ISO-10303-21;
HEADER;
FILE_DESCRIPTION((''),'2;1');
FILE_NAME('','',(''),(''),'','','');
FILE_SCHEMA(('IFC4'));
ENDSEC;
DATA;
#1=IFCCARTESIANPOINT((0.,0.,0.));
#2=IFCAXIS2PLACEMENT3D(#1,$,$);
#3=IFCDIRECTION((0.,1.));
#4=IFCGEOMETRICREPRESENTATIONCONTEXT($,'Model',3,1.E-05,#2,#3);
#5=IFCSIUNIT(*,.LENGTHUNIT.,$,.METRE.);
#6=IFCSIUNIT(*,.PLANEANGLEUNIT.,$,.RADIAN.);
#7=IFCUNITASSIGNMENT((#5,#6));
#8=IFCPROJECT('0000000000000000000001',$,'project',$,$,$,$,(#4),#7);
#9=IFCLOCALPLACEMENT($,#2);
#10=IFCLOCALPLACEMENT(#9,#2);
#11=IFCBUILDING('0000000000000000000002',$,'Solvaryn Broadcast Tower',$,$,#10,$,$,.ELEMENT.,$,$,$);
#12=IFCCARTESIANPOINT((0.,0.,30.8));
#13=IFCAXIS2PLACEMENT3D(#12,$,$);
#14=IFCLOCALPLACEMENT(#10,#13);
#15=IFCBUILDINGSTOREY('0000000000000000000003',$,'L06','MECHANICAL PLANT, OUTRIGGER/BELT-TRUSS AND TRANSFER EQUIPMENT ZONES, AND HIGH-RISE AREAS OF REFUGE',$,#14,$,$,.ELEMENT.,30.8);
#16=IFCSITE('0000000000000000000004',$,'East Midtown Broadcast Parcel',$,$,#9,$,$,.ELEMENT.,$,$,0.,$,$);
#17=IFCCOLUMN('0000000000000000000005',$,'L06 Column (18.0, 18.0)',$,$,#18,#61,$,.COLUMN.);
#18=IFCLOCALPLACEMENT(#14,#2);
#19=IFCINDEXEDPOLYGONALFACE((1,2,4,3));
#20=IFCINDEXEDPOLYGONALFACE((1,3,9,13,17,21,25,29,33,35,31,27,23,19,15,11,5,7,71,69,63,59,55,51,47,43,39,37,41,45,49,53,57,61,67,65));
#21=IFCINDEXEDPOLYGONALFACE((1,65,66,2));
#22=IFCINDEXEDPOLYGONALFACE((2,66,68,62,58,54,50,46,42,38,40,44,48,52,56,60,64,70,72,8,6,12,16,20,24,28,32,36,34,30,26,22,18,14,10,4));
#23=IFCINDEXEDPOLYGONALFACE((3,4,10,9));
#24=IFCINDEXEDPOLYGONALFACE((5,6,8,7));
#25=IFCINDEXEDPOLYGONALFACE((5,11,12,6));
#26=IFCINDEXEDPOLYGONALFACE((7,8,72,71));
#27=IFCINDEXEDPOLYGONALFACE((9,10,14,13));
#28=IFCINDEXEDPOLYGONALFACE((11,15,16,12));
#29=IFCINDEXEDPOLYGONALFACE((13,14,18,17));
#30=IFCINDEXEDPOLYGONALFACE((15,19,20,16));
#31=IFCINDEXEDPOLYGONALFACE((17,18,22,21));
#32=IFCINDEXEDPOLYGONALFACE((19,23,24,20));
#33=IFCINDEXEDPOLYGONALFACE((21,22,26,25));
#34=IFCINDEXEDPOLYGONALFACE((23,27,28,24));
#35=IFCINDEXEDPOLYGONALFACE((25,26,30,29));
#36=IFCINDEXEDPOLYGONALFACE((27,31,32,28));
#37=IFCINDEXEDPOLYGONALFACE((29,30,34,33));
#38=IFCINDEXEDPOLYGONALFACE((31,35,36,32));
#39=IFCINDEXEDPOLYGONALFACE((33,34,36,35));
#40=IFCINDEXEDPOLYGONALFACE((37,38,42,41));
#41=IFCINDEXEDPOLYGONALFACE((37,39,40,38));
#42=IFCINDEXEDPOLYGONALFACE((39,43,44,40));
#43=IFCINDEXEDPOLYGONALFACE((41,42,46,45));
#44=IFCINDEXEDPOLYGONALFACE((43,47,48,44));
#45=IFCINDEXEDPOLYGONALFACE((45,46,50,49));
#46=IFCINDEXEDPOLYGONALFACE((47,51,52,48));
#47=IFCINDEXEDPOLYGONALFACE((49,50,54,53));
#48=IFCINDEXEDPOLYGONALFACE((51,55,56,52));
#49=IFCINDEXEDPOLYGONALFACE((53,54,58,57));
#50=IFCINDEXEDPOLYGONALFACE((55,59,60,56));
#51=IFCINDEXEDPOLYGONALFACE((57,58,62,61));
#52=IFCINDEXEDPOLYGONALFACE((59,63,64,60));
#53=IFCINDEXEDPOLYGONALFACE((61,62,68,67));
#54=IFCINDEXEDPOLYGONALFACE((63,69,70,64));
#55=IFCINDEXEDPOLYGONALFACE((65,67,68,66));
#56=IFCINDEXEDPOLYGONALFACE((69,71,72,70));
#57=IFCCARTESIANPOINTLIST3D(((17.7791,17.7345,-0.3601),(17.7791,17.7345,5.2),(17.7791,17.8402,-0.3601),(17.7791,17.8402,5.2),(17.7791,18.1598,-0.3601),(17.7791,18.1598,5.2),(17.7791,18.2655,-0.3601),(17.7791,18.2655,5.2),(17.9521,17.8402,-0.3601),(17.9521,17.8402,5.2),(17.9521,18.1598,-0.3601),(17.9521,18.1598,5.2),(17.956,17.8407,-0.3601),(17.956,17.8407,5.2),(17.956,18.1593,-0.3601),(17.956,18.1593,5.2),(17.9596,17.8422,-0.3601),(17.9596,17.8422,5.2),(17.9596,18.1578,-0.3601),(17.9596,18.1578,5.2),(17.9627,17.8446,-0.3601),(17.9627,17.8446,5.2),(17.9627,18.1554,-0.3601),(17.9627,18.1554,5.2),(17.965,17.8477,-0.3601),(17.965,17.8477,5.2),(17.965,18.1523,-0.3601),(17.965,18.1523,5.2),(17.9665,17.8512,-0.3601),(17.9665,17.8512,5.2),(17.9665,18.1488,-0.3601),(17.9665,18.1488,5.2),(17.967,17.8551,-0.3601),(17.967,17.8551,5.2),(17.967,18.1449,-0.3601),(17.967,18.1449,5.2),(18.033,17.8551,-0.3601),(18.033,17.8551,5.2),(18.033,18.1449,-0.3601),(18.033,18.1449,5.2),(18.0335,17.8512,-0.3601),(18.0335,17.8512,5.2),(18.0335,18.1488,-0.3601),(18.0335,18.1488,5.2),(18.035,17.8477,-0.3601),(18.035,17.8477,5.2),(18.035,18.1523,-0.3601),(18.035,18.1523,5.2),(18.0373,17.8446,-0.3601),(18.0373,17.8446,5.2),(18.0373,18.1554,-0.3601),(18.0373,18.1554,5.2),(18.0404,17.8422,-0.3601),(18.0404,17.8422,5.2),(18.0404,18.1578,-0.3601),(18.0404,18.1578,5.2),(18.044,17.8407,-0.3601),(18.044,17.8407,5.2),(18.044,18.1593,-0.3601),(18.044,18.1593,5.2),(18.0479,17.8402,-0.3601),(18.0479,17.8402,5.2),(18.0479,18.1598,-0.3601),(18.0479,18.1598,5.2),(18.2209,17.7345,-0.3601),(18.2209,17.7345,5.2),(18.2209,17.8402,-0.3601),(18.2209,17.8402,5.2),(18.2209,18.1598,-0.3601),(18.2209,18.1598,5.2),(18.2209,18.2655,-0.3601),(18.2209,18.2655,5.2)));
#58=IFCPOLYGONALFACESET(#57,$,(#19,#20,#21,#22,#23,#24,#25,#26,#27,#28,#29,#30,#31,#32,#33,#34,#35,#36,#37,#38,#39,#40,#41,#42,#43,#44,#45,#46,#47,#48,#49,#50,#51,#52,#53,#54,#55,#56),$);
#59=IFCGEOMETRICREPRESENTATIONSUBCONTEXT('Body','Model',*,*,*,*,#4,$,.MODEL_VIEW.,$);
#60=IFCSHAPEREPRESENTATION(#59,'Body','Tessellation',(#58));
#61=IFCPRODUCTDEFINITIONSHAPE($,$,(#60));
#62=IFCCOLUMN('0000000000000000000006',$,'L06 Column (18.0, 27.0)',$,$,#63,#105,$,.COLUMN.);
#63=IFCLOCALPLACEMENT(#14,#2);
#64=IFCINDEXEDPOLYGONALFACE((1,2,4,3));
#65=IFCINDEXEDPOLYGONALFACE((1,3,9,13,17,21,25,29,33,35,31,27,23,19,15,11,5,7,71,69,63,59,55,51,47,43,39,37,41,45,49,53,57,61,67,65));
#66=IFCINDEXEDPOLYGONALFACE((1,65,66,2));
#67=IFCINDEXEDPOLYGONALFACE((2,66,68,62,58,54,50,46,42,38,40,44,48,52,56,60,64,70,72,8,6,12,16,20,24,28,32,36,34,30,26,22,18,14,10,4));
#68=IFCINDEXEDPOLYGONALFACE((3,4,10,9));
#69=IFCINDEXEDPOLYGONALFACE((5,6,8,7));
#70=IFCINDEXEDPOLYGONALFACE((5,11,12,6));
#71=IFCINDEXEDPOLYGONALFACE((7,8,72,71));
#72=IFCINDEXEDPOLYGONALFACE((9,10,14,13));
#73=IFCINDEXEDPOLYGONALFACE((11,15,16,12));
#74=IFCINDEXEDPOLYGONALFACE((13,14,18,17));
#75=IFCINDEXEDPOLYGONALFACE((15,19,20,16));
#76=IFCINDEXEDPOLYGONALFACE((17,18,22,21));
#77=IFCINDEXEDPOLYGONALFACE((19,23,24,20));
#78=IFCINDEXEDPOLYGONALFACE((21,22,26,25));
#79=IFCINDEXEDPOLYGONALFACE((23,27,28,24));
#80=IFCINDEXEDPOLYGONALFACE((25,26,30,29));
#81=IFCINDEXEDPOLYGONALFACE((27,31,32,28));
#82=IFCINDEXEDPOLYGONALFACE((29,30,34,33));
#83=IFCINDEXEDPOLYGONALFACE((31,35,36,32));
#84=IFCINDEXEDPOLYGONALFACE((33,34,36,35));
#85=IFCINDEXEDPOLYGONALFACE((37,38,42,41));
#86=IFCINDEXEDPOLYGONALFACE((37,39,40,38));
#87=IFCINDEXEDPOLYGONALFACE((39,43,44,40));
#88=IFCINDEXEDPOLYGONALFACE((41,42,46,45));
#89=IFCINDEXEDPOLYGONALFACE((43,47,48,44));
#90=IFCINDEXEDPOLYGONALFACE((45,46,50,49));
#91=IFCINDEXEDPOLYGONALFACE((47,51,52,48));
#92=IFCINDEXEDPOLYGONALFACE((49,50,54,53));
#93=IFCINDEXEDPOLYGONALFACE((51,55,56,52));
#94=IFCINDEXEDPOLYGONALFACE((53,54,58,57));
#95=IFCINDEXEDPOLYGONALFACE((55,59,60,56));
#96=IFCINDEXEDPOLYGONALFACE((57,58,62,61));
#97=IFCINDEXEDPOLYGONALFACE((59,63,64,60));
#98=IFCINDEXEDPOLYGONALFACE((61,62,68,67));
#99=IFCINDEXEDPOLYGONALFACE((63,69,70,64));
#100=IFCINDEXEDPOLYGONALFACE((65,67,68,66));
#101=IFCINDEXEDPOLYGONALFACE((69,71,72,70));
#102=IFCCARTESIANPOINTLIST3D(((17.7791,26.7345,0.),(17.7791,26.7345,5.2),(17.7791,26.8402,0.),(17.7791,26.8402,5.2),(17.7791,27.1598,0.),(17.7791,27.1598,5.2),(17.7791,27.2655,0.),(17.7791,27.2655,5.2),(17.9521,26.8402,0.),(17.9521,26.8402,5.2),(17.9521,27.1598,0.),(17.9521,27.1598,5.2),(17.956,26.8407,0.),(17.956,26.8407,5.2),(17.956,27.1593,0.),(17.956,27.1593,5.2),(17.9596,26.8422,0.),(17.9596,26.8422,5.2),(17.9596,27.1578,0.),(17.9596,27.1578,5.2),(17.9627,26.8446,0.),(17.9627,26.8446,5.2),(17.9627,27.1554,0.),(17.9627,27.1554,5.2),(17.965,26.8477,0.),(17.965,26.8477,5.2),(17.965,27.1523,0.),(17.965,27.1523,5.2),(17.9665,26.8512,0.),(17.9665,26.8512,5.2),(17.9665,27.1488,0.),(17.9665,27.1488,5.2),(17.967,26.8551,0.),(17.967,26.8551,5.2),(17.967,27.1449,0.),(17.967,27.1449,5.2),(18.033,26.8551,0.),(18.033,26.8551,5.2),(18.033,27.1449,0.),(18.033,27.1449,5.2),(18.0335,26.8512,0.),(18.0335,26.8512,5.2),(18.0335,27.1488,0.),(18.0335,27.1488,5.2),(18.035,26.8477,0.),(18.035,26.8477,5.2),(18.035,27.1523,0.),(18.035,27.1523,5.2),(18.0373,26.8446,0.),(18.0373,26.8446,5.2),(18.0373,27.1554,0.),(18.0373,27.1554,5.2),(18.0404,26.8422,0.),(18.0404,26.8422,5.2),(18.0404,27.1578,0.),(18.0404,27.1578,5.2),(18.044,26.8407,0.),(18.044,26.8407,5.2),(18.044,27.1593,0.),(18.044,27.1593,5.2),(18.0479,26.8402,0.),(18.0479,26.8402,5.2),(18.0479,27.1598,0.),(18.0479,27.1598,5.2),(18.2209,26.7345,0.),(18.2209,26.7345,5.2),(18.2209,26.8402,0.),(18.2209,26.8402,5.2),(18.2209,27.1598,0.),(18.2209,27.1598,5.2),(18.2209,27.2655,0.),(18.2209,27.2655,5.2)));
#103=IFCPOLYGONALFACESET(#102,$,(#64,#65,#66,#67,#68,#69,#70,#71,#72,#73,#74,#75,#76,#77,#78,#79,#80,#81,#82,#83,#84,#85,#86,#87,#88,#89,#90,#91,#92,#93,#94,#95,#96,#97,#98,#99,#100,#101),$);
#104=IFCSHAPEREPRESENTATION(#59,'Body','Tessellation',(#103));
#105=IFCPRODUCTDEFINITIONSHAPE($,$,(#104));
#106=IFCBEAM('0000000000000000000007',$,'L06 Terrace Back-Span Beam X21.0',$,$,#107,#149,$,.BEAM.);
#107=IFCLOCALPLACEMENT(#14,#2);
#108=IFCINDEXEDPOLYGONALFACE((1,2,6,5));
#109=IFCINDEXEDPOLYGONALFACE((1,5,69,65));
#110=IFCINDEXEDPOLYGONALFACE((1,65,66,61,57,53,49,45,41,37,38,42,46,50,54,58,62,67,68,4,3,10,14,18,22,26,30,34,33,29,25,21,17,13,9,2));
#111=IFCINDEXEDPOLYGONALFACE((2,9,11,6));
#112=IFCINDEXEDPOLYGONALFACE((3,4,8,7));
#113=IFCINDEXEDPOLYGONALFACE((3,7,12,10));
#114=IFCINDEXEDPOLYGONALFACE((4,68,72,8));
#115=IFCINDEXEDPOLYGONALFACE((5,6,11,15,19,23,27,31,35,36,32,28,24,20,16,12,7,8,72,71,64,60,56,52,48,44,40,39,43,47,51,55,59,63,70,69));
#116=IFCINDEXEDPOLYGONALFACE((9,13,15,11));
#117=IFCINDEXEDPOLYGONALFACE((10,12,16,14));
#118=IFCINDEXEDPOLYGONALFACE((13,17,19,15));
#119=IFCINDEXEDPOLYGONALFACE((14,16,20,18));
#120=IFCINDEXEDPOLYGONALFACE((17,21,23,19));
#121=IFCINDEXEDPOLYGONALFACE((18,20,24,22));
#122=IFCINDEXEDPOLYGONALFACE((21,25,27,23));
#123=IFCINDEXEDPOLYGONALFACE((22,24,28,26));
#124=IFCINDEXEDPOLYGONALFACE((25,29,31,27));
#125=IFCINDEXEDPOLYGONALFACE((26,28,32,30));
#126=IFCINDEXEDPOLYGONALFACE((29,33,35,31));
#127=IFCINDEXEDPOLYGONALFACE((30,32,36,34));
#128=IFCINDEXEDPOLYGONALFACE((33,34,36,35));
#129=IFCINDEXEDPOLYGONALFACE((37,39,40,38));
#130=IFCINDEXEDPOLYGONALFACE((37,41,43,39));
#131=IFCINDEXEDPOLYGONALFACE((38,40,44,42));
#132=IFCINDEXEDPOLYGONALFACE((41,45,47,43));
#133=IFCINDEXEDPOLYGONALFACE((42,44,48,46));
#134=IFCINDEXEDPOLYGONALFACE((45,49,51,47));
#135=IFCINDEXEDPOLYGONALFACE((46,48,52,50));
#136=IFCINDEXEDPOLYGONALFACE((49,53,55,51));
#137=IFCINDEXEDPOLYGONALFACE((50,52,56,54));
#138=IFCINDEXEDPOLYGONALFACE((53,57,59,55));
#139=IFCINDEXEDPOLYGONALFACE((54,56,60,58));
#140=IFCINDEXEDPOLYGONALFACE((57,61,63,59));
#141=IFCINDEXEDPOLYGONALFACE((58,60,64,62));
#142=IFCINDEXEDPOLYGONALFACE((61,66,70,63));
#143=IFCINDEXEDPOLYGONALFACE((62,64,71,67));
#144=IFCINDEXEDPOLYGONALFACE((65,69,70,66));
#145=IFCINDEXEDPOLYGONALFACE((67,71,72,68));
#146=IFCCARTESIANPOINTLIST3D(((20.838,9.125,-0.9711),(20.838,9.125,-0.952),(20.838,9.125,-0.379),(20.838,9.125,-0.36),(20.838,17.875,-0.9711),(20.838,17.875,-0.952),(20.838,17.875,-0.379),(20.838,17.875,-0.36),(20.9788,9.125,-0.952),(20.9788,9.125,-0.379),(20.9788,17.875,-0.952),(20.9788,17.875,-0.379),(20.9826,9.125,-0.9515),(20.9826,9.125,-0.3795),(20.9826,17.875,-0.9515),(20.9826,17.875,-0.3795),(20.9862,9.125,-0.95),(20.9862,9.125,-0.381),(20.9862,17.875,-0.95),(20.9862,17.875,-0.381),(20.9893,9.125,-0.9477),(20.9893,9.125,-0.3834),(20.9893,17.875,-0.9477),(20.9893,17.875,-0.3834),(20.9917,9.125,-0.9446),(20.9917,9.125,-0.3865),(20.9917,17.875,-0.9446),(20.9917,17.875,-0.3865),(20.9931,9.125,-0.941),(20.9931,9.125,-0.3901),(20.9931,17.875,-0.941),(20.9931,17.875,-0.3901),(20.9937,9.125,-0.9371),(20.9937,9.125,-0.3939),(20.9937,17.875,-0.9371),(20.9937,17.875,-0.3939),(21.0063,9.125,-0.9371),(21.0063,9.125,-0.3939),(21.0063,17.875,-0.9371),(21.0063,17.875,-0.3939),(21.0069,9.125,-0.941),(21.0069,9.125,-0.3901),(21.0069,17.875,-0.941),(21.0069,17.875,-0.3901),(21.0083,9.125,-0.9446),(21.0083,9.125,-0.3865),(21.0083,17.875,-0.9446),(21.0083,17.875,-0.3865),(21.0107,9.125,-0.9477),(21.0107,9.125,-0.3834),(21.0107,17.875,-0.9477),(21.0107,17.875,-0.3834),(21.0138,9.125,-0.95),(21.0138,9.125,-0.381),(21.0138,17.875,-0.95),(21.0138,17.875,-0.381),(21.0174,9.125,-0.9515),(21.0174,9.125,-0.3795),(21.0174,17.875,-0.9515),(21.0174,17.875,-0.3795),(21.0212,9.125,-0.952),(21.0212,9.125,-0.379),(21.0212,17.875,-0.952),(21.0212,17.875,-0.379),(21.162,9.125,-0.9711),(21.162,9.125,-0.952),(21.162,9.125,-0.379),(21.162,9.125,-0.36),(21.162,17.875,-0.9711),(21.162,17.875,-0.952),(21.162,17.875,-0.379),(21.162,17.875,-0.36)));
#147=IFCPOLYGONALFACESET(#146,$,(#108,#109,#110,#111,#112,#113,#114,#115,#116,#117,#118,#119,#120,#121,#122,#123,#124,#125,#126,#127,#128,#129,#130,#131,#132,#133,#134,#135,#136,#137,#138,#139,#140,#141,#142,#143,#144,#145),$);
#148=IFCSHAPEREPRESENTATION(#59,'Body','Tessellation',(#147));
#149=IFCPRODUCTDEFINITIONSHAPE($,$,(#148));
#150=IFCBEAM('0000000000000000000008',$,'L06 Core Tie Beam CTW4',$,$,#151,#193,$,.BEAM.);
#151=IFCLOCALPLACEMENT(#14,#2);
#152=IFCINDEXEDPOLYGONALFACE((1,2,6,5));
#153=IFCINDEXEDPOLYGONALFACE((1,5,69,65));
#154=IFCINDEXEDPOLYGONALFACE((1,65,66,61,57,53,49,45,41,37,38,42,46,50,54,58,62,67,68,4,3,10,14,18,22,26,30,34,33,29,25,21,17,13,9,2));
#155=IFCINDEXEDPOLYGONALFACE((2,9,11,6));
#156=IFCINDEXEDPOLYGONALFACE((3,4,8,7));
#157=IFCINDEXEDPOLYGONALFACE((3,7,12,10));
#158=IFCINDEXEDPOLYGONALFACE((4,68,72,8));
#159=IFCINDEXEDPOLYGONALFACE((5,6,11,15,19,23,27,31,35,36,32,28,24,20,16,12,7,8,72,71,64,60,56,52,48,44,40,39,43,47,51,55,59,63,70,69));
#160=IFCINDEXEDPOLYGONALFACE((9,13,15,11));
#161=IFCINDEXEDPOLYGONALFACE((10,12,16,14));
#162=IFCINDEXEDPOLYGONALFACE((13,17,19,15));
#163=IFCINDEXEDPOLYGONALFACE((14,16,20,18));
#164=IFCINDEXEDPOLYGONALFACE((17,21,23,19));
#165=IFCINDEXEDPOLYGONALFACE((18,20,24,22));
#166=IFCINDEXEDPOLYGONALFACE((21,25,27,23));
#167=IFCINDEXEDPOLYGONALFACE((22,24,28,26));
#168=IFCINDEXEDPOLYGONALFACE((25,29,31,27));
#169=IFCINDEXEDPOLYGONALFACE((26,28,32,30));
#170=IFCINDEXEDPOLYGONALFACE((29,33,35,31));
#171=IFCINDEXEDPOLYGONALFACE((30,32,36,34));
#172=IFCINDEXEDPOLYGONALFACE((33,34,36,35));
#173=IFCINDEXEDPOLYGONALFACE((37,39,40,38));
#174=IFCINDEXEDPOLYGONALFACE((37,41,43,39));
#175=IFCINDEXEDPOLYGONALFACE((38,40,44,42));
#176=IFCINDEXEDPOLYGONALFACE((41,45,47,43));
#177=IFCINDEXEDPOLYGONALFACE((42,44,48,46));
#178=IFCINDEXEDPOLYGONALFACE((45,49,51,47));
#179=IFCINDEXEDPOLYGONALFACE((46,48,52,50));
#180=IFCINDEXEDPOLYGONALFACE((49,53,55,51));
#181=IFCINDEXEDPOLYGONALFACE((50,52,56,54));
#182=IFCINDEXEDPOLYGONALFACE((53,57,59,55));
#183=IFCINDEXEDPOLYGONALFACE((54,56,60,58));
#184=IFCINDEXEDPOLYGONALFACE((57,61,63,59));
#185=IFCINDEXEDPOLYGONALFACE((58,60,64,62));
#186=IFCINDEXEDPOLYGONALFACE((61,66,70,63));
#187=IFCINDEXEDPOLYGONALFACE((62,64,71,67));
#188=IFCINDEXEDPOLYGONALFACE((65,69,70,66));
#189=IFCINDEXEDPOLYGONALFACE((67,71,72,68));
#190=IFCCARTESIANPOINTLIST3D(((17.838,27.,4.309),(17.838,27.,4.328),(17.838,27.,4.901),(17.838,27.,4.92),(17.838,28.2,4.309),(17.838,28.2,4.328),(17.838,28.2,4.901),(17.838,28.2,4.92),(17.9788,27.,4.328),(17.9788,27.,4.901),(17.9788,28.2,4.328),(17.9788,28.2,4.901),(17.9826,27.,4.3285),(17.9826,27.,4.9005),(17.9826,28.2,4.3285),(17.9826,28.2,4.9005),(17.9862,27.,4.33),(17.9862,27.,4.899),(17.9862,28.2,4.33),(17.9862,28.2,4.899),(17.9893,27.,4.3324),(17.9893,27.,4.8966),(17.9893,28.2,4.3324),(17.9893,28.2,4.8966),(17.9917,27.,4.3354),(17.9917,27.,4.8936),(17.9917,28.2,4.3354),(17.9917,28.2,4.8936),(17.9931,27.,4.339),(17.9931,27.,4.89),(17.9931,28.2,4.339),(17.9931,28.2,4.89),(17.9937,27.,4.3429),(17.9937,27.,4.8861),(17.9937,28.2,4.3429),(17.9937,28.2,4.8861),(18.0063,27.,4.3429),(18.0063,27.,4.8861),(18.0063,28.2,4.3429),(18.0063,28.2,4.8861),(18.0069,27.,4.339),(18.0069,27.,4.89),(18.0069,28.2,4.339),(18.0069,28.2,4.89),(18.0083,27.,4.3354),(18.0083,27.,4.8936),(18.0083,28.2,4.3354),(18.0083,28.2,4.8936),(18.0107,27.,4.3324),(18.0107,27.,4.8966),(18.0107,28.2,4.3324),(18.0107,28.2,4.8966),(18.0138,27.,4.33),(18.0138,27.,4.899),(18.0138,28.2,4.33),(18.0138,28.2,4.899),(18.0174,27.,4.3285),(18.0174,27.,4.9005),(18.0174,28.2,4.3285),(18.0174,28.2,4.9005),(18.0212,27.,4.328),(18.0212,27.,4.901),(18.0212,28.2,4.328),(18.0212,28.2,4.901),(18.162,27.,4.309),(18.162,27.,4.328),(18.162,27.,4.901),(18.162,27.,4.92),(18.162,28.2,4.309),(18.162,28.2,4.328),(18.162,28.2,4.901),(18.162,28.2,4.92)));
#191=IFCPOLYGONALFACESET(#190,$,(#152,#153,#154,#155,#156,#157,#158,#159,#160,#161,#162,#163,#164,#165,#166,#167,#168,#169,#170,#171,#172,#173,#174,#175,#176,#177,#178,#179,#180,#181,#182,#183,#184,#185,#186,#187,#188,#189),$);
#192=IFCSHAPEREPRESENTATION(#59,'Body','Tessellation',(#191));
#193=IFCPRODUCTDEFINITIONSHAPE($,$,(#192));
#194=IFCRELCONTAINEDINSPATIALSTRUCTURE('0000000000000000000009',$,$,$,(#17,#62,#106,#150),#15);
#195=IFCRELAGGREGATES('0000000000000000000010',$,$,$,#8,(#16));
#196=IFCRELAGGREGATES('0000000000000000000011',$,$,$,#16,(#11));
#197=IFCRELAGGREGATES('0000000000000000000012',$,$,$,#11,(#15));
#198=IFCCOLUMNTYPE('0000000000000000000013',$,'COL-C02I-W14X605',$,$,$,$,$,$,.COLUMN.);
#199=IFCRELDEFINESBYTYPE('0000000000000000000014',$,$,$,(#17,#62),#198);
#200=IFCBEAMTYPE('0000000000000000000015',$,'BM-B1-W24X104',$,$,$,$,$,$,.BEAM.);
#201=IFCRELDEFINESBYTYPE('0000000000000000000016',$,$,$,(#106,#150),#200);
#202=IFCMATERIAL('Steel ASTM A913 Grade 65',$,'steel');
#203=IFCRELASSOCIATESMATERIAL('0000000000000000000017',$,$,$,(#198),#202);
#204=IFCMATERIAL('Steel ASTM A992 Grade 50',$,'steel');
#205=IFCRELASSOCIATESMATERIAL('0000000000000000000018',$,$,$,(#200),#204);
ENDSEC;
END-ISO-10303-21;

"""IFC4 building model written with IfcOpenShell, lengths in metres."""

from ifc_helpers import new_model, si_unit, direction, frame, origin, origin_2d, place, context, subcontext, project, spatial, i_section, extrude, material, material_profile, profile_set, type_object, element, save


model = new_model("IFC4")

# Units and contexts
model_context = context("Model", 3, precision=1e-05, world=origin(), true_north=direction((0.0, 1.0)))
body_context = subcontext(model_context, "Body", "Model", "MODEL_VIEW")
ifc_project = project(units=[si_unit("LENGTHUNIT", "METRE"), si_unit("PLANEANGLEUNIT", "RADIAN")], contexts=[model_context])

# Site, building, storey
site_placement = place(None, origin())
site = spatial("IfcSite", under=ifc_project, at=site_placement, Name="East Midtown Broadcast Parcel", CompositionType="ELEMENT", RefElevation=0.0)
building_placement = place(site_placement, origin())
building = spatial("IfcBuilding", under=site, at=building_placement, Name="Solvaryn Broadcast Tower", CompositionType="ELEMENT")
storey_placement = place(building_placement, frame((0.0, 0.0, 30.8)))
storey = spatial("IfcBuildingStorey", under=building, at=storey_placement, Name="L06", Description="MECHANICAL PLANT, OUTRIGGER/BELT-TRUSS AND TRANSFER EQUIPMENT ZONES, AND HIGH-RISE AREAS OF REFUGE", CompositionType="ELEMENT", Elevation=30.8)

# Columns
ifc_material_1 = material(Name="Steel ASTM A913 Grade 65", Category="steel")
ifc_material_profile_1 = material_profile(ifc_material_1, i_section(OverallWidth=0.4419, OverallDepth=0.531, WebThickness=0.0659, FlangeThickness=0.1057, FilletRadius=0.0149, at=origin_2d()))
ifc_profile_set_1 = profile_set([ifc_material_profile_1], Name="Steel ASTM A913 Grade 65")
column_type = type_object("IfcColumnType", Name="COL-C02I-W14X605", PredefinedType="COLUMN", material=ifc_profile_set_1)
column_1_placement = place(storey_placement, frame((18.0, 18.0, -0.3601), z_axis=(0.0, 0.0, 1.0), x_axis=(1.0, 0.0, 0.0)))
element("IfcColumn", 1, at=column_1_placement, inside=storey, type_object=column_type, Name="L06 Column (18.0, 18.0)", PredefinedType="COLUMN", context=body_context, shape_type="SweptSolid", body=[
    extrude(i_section(OverallWidth=0.4419, OverallDepth=0.531, WebThickness=0.0659, FlangeThickness=0.1057, FilletRadius=0.0149, at=origin_2d()), origin(), (0.0, 0.0, 1.0), 5.5601),
])
column_2_placement = place(storey_placement, frame((18.0, 27.0, 0.0), z_axis=(0.0, 0.0, 1.0), x_axis=(1.0, 0.0, 0.0)))
element("IfcColumn", 2, at=column_2_placement, inside=storey, type_object=column_type, Name="L06 Column (18.0, 27.0)", PredefinedType="COLUMN", context=body_context, shape_type="SweptSolid", body=[
    extrude(i_section(OverallWidth=0.4419, OverallDepth=0.531, WebThickness=0.0659, FlangeThickness=0.1057, FilletRadius=0.0149, at=origin_2d()), origin(), (0.0, 0.0, 1.0), 5.2),
])

# Beams
ifc_material_2 = material(Name="Steel ASTM A992 Grade 50", Category="steel")
ifc_material_profile_2 = material_profile(ifc_material_2, i_section(OverallWidth=0.324, OverallDepth=0.6111, WebThickness=0.0127, FlangeThickness=0.019, FilletRadius=0.0149, at=origin_2d()))
ifc_profile_set_2 = profile_set([ifc_material_profile_2], Name="Steel ASTM A992 Grade 50")
beam_type_1 = type_object("IfcBeamType", Name="BM-B1-W24X104", PredefinedType="BEAM", material=ifc_profile_set_2)
beam_1_placement = place(storey_placement, frame((21.0, 17.875, -0.6655), z_axis=(0.0, -1.0, 0.0), x_axis=(1.0, 0.0, 0.0)))
element("IfcBeam", 3, at=beam_1_placement, inside=storey, type_object=beam_type_1, Name="L06 Terrace Back-Span Beam X21.0", PredefinedType="BEAM", context=body_context, shape_type="SweptSolid", body=[
    extrude(i_section(OverallWidth=0.324, OverallDepth=0.6111, WebThickness=0.0127, FlangeThickness=0.019, FilletRadius=0.0149, at=origin_2d()), origin(), (0.0, 0.0, 1.0), 8.75),
])
beam_2_placement = place(storey_placement, frame((18.0, 27.0, 4.6145), z_axis=(0.0, 1.0, 0.0), x_axis=(-1.0, 0.0, 0.0)))
element("IfcBeam", 4, at=beam_2_placement, inside=storey, type_object=beam_type_1, Name="L06 Core Tie Beam CTW4", PredefinedType="BEAM", context=body_context, shape_type="SweptSolid", body=[
    extrude(i_section(OverallWidth=0.324, OverallDepth=0.6111, WebThickness=0.0127, FlangeThickness=0.019, FilletRadius=0.0149, at=origin_2d()), origin(), (0.0, 0.0, 1.0), 1.2),
])

save(model, "model.ifc")
